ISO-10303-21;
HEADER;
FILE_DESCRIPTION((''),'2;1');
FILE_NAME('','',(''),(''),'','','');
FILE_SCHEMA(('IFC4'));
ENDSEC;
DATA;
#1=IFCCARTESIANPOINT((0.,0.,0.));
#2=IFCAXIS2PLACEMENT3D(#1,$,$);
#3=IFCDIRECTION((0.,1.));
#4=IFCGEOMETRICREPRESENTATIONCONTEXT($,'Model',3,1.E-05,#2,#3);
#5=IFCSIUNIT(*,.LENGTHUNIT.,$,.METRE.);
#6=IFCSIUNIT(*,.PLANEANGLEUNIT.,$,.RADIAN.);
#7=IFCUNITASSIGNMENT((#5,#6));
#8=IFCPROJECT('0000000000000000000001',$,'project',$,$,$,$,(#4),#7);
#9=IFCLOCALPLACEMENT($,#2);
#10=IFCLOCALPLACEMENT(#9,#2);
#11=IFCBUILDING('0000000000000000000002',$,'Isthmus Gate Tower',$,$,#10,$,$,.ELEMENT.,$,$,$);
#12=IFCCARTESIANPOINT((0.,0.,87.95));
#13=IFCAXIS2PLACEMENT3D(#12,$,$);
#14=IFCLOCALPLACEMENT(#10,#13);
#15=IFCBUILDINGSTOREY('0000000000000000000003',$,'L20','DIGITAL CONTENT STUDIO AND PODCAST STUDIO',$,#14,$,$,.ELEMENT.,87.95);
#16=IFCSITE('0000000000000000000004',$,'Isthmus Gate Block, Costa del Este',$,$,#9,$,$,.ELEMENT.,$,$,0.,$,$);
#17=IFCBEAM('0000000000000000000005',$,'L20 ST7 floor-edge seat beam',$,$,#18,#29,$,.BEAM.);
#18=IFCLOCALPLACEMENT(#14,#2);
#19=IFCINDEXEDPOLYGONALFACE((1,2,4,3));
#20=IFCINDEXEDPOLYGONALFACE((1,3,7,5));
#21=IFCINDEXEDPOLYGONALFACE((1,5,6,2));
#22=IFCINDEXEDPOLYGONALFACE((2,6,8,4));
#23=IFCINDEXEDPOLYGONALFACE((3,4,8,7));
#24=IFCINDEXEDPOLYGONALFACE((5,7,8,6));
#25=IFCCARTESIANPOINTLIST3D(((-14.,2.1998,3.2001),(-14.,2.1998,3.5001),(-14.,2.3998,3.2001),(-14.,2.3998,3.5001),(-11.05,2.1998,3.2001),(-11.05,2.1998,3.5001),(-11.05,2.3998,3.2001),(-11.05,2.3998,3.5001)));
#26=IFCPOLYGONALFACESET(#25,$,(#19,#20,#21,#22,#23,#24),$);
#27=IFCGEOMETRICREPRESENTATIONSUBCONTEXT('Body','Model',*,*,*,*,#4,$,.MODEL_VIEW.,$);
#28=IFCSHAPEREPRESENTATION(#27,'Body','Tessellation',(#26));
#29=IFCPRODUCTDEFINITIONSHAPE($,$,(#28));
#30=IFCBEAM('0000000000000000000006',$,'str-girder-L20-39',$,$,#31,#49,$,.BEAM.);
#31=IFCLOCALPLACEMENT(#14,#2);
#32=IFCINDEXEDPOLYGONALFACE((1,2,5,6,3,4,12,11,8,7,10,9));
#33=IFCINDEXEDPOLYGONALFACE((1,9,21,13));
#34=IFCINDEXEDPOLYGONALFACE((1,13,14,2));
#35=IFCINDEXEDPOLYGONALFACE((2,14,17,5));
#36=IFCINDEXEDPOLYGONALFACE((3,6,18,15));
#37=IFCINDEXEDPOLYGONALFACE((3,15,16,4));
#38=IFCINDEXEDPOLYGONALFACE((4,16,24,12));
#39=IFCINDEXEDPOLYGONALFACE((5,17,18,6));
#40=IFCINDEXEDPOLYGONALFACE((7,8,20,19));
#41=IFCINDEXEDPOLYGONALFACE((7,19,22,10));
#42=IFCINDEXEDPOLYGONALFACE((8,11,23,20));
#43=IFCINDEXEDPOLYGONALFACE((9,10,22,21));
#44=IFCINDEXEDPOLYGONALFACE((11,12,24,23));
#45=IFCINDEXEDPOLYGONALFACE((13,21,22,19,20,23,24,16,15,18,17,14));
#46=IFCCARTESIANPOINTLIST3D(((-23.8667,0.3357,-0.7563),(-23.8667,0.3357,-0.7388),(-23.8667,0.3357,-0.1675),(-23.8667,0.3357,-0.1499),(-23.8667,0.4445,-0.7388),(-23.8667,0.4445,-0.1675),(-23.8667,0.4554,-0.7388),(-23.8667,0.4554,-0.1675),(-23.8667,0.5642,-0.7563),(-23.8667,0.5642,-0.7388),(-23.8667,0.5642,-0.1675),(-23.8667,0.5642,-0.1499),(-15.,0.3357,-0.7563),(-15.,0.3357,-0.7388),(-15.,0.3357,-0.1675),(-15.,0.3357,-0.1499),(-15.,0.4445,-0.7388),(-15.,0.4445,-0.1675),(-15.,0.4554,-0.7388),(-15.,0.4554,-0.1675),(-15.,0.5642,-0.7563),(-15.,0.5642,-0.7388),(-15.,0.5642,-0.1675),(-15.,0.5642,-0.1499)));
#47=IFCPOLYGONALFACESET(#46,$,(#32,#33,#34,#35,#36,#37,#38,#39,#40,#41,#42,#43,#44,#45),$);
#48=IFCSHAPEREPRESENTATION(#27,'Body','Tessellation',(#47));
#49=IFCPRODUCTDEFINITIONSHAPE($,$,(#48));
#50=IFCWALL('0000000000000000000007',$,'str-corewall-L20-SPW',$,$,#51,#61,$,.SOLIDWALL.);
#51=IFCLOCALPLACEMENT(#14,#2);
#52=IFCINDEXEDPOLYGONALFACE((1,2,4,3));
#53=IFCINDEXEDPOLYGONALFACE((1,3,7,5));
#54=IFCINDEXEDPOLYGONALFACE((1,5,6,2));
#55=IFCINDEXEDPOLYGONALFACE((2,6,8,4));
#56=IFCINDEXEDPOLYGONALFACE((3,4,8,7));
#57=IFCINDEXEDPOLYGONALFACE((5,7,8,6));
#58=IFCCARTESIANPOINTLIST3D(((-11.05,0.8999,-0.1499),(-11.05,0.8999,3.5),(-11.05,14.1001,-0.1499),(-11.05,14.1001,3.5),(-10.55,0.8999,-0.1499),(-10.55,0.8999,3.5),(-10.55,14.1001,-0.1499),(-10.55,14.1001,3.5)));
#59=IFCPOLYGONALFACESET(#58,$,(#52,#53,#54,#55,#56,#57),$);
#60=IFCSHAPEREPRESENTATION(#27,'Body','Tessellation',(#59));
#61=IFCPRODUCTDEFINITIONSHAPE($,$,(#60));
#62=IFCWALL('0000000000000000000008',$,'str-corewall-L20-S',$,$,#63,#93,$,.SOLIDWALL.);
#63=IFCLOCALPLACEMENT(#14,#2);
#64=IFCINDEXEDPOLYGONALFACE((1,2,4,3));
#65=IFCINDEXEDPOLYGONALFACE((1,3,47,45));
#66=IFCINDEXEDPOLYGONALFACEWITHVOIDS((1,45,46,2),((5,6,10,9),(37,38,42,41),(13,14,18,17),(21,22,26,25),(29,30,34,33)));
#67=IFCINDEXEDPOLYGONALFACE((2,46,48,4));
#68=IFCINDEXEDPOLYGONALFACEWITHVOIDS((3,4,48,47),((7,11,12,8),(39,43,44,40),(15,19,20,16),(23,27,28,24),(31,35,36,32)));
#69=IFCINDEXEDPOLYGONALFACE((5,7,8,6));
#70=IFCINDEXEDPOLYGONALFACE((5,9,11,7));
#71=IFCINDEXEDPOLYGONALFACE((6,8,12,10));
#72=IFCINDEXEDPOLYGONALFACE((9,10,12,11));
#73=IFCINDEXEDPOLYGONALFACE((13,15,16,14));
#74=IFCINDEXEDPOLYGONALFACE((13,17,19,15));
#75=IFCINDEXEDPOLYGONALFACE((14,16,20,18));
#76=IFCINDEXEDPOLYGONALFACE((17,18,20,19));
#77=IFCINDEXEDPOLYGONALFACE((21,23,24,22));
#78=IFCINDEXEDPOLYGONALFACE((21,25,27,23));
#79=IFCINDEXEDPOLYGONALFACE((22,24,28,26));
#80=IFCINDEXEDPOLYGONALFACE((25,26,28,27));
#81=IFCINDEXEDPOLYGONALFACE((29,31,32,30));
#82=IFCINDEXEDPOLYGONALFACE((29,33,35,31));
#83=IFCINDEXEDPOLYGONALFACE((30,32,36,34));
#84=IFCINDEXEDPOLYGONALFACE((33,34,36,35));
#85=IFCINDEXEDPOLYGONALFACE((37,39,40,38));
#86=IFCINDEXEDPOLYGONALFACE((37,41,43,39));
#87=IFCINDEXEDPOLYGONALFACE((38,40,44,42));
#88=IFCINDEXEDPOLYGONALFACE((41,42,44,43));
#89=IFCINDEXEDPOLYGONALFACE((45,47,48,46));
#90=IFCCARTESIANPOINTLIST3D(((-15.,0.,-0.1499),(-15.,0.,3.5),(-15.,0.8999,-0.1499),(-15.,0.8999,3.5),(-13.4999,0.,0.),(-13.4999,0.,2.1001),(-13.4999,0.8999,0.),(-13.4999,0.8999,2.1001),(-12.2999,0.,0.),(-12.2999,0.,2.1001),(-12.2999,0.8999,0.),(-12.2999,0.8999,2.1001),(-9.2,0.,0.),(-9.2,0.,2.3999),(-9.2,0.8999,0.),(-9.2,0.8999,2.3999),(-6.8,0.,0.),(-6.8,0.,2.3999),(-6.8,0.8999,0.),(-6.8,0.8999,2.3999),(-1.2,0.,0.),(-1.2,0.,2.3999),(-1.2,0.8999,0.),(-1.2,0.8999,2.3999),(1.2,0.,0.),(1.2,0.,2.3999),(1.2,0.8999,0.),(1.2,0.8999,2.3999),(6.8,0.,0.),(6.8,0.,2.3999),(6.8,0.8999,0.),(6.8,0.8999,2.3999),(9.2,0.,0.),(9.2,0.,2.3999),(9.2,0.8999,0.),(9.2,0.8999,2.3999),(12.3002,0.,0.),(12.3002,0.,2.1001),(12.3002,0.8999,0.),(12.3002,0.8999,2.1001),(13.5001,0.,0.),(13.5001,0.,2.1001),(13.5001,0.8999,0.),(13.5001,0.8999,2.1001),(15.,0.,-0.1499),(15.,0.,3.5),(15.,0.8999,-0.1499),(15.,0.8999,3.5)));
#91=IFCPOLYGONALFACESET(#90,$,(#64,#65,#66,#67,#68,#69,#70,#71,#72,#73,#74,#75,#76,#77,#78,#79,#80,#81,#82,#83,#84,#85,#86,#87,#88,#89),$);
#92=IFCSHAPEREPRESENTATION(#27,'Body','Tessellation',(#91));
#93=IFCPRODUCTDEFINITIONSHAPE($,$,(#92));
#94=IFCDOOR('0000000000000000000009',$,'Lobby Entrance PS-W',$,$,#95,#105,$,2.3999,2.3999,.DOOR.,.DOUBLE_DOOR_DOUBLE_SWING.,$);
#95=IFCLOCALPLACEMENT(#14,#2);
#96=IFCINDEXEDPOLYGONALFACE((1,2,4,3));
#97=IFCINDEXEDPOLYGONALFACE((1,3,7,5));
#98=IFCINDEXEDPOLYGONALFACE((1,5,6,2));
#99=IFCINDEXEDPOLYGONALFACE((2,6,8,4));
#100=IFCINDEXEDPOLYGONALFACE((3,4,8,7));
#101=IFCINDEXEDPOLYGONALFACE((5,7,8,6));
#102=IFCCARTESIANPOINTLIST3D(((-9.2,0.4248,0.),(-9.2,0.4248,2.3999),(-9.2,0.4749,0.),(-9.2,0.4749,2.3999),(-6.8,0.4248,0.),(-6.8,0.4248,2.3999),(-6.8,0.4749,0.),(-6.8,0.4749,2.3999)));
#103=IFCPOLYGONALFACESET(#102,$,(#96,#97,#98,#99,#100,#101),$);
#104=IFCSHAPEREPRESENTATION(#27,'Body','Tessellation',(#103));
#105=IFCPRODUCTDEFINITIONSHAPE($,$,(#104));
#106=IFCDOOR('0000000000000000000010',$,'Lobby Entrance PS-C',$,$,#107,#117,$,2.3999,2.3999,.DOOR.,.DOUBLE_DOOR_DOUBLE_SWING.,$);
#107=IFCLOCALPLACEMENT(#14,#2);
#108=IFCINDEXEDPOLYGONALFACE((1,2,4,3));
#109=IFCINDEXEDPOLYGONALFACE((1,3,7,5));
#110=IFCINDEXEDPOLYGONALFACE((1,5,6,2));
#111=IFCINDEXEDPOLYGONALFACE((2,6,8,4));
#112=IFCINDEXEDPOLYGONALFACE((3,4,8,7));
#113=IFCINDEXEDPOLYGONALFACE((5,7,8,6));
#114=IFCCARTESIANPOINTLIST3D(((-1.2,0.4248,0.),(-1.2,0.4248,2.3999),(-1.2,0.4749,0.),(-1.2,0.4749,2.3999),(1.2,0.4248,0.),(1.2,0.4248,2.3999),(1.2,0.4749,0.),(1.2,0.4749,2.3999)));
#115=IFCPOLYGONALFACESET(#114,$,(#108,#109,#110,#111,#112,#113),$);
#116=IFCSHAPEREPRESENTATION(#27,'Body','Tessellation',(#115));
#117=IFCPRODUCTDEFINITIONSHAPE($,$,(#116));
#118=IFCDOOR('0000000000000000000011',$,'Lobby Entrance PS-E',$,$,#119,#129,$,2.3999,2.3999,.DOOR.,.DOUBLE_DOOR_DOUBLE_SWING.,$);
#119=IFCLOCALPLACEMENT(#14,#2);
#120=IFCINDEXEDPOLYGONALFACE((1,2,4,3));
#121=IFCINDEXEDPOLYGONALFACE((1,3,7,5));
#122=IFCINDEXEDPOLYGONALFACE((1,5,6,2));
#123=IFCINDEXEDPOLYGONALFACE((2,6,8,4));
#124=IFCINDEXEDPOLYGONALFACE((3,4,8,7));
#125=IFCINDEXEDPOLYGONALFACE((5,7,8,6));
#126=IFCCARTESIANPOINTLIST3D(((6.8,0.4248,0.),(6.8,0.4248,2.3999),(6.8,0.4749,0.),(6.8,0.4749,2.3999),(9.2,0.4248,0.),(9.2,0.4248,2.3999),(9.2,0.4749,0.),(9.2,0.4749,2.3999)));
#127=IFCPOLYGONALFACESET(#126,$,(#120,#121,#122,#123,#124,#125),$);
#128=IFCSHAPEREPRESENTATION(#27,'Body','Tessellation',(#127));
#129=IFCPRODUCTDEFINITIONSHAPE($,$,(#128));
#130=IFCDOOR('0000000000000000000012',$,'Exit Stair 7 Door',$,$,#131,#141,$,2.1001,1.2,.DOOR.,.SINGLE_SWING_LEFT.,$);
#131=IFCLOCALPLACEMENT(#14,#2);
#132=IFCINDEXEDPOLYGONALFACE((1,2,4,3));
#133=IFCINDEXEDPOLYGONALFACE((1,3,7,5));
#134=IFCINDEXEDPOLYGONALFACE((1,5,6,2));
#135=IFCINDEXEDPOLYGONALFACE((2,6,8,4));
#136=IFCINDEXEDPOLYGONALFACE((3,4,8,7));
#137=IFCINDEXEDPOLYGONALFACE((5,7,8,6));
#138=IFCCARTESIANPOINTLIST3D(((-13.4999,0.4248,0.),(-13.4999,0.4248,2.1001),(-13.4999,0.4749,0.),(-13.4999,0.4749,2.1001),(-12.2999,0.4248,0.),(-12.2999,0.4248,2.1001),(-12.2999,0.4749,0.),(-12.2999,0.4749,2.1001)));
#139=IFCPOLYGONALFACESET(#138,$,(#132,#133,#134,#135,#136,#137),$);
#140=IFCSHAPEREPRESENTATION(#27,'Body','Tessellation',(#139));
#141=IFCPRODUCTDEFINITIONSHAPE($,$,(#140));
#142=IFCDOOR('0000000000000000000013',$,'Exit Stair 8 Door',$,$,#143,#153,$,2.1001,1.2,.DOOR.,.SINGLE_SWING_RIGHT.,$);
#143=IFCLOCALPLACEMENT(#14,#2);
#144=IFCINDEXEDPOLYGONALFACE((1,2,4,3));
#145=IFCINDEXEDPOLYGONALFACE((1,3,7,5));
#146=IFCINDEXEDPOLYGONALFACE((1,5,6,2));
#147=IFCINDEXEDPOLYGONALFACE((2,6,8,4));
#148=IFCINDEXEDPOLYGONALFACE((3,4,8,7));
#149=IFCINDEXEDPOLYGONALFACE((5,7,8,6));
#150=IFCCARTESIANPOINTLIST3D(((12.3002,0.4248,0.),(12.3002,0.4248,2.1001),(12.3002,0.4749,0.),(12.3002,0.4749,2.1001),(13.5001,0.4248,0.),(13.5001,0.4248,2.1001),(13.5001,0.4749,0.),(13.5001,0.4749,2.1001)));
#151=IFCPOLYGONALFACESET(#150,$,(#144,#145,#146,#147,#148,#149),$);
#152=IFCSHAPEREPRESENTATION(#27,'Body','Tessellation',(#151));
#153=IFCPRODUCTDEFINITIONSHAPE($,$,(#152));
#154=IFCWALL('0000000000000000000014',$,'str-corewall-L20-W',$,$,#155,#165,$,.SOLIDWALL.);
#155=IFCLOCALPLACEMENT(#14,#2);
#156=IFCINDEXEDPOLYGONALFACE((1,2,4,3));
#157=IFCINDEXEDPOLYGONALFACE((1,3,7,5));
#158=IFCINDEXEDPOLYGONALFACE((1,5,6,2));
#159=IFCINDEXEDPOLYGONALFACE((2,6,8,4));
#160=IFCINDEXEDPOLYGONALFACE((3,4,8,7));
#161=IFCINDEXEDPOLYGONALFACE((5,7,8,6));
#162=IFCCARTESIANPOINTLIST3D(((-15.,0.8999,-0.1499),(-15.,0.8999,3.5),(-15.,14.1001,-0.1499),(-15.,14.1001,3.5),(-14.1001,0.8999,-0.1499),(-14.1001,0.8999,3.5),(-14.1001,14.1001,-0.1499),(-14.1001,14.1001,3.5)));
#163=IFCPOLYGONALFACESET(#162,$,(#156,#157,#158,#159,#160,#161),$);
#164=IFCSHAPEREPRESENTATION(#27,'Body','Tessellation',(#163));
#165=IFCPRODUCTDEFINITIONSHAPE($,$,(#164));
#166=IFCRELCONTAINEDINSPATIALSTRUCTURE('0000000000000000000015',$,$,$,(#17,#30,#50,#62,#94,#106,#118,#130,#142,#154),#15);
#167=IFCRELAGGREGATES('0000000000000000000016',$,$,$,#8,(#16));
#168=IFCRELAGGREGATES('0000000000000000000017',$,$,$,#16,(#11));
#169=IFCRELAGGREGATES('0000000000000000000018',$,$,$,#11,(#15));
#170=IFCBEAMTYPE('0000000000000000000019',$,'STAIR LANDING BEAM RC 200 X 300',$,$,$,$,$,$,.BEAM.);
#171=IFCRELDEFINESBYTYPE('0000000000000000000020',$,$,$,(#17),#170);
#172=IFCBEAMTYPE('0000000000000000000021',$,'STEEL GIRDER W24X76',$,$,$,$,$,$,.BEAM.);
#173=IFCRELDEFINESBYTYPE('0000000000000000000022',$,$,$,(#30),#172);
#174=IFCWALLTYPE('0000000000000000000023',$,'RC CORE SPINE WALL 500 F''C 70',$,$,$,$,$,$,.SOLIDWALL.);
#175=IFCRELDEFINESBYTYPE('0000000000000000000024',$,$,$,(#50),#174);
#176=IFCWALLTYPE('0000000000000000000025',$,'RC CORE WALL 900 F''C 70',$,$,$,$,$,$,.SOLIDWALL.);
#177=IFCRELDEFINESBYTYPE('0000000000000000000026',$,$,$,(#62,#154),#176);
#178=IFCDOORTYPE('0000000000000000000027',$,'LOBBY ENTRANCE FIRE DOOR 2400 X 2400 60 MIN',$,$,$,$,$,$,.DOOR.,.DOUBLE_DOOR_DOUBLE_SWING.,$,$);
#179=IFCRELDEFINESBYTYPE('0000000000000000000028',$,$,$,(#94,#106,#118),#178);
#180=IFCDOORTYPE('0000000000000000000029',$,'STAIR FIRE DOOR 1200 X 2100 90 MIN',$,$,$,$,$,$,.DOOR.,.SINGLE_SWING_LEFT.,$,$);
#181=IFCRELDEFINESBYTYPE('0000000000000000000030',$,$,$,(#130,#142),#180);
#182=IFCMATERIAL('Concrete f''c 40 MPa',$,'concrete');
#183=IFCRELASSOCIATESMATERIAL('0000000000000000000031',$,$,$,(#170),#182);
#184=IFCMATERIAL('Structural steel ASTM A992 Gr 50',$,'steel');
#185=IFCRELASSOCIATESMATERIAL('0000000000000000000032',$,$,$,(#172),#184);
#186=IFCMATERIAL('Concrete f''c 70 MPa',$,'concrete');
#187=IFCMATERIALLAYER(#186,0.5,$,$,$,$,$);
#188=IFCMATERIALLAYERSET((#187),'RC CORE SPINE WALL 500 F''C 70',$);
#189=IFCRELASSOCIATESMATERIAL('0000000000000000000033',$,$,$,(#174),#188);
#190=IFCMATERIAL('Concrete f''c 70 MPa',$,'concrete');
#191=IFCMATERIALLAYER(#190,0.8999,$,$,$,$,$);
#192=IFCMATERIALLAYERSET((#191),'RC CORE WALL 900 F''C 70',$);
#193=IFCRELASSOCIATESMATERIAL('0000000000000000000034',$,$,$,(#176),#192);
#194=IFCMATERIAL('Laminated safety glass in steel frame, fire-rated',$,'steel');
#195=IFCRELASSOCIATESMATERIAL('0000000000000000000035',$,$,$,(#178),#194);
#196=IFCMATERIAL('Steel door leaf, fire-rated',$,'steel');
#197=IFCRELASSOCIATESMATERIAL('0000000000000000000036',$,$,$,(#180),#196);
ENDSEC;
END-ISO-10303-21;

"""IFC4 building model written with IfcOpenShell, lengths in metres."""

from ifc_helpers import new_model, si_unit, direction, frame, frame_2d, origin, origin_2d, place, context, subcontext, project, spatial, rectangle, i_section, extrude, material, layer, layer_set, material_profile, profile_set, type_object, element, fill, save


model = new_model("IFC4")

# Units and contexts
model_context = context("Model", 3, precision=1e-05, world=origin(), true_north=direction((0.0, 1.0)))
body_context = subcontext(model_context, "Body", "Model", "MODEL_VIEW")
ifc_project = project(units=[si_unit("LENGTHUNIT", "METRE"), si_unit("PLANEANGLEUNIT", "RADIAN")], contexts=[model_context])

# Site, building, storey
site_placement = place(None, origin())
site = spatial("IfcSite", under=ifc_project, at=site_placement, Name="Isthmus Gate Block, Costa del Este", CompositionType="ELEMENT", RefElevation=0.0)
building_placement = place(site_placement, origin())
building = spatial("IfcBuilding", under=site, at=building_placement, Name="Isthmus Gate Tower", CompositionType="ELEMENT")
storey_placement = place(building_placement, frame((0.0, 0.0, 87.95)))
storey = spatial("IfcBuildingStorey", under=building, at=storey_placement, Name="L20", Description="DIGITAL CONTENT STUDIO AND PODCAST STUDIO", CompositionType="ELEMENT", Elevation=87.95)

# Beams
ifc_material_1 = material(Name="Concrete f'c 40 MPa", Category="concrete")
ifc_material_profile_1 = material_profile(ifc_material_1, rectangle(XDim=0.2, YDim=0.3, at=origin_2d()), Name="STAIR LANDING BEAM RC 200 X 300")
ifc_profile_set_1 = profile_set([ifc_material_profile_1], Name="Concrete f'c 40 MPa")
beam_type_1 = type_object("IfcBeamType", Name="STAIR LANDING BEAM RC 200 X 300", PredefinedType="BEAM", material=ifc_profile_set_1)
beam_1_placement = place(storey_placement, frame((-14.0, 2.2998, 3.3501), z_axis=(1.0, 0.0, 0.0), x_axis=(0.0, 1.0, 0.0)))
element("IfcBeam", 1, at=beam_1_placement, inside=storey, type_object=beam_type_1, Name="L20 ST7 floor-edge seat beam", PredefinedType="BEAM", context=body_context, shape_type="SweptSolid", body=[
    extrude(rectangle(XDim=0.2, YDim=0.3, at=origin_2d()), origin(), (0.0, 0.0, 1.0), 2.95),
])
ifc_material_2 = material(Name="Structural steel ASTM A992 Gr 50", Category="steel")
ifc_material_profile_2 = material_profile(ifc_material_2, i_section(OverallWidth=0.2285, OverallDepth=0.6064, WebThickness=0.011, FlangeThickness=0.0176, at=origin_2d()), Name="W24X76")
ifc_profile_set_2 = profile_set([ifc_material_profile_2], Name="Structural steel ASTM A992 Gr 50")
beam_type_2 = type_object("IfcBeamType", Name="STEEL GIRDER W24X76", PredefinedType="BEAM", material=ifc_profile_set_2)
beam_2_placement = place(storey_placement, frame((-15.0, 0.45, -0.4531), z_axis=(-1.0, 0.0, 0.0), x_axis=(0.0, -1.0, 0.0)))
element("IfcBeam", 2, at=beam_2_placement, inside=storey, type_object=beam_type_2, Name="str-girder-L20-39", PredefinedType="BEAM", context=body_context, shape_type="SweptSolid", body=[
    extrude(i_section(OverallWidth=0.2285, OverallDepth=0.6064, WebThickness=0.011, FlangeThickness=0.0176, at=origin_2d()), origin(), (0.0, 0.0, 1.0), 8.8667),
])

# Wall
ifc_material_3 = material(Name="Concrete f'c 70 MPa", Category="concrete")
ifc_layer_1 = layer(ifc_material_3, 0.5)
ifc_layer_set_1 = layer_set([ifc_layer_1], Name="RC CORE SPINE WALL 500 F'C 70")
wall_type_1 = type_object("IfcWallType", Name="RC CORE SPINE WALL 500 F'C 70", PredefinedType="SOLIDWALL", material=ifc_layer_set_1)
wall_1_placement = place(storey_placement, frame((-10.8, 0.8999, -0.1499), z_axis=(0.0, 0.0, 1.0), x_axis=(0.0, 1.0, 0.0)))
element("IfcWall", 3, at=wall_1_placement, inside=storey, type_object=wall_type_1, Name="str-corewall-L20-SPW", PredefinedType="SOLIDWALL", context=body_context, shape_type="SweptSolid", body=[
    extrude(rectangle(XDim=13.2002, YDim=0.5, at=frame_2d((6.6001, 0.0))), origin(), (0.0, 0.0, 1.0), 3.6499),
])

# Wall, openings, doors
ifc_material_4 = material(Name="Concrete f'c 70 MPa", Category="concrete")
ifc_layer_2 = layer(ifc_material_4, 0.8999)
ifc_layer_set_2 = layer_set([ifc_layer_2], Name="RC CORE WALL 900 F'C 70")
wall_type_2 = type_object("IfcWallType", Name="RC CORE WALL 900 F'C 70", PredefinedType="SOLIDWALL", material=ifc_layer_set_2)
wall_2_placement = place(storey_placement, frame((-15.0, 0.45, -0.1499), z_axis=(0.0, 0.0, 1.0), x_axis=(1.0, 0.0, 0.0)))
wall_2 = element("IfcWall", 4, at=wall_2_placement, inside=storey, type_object=wall_type_2, Name="str-corewall-L20-S", PredefinedType="SOLIDWALL", context=body_context, shape_type="SweptSolid", body=[
    extrude(rectangle(XDim=30.0, YDim=0.8999, at=frame_2d((15.0, 0.0))), origin(), (0.0, 0.0, 1.0), 3.6499),
])
opening_1_placement = place(wall_2_placement, frame((5.8, 0.0, 0.1499)))
opening_1 = element("IfcOpeningElement", 5, at=opening_1_placement, cuts=wall_2, PredefinedType="OPENING", context=body_context, shape_type="SweptSolid", body=[
    extrude(rectangle(XDim=2.3999, YDim=2.3999, at=frame_2d((1.2, 1.2))), frame((0.0, 0.46, 0.0), z_axis=(0.0, -1.0, 0.0), x_axis=(1.0, 0.0, 0.0)), (0.0, 0.0, 1.0), 0.9199),
])
opening_2_placement = place(wall_2_placement, frame((13.8, 0.0, 0.1499)))
opening_2 = element("IfcOpeningElement", 6, at=opening_2_placement, cuts=wall_2, PredefinedType="OPENING", context=body_context, shape_type="SweptSolid", body=[
    extrude(rectangle(XDim=2.3999, YDim=2.3999, at=frame_2d((1.2, 1.2))), frame((0.0, 0.46, 0.0), z_axis=(0.0, -1.0, 0.0), x_axis=(1.0, 0.0, 0.0)), (0.0, 0.0, 1.0), 0.9199),
])
opening_3_placement = place(wall_2_placement, frame((21.8, 0.0, 0.1499)))
opening_3 = element("IfcOpeningElement", 7, at=opening_3_placement, cuts=wall_2, PredefinedType="OPENING", context=body_context, shape_type="SweptSolid", body=[
    extrude(rectangle(XDim=2.3999, YDim=2.3999, at=frame_2d((1.2, 1.2))), frame((0.0, 0.46, 0.0), z_axis=(0.0, -1.0, 0.0), x_axis=(1.0, 0.0, 0.0)), (0.0, 0.0, 1.0), 0.9199),
])
opening_4_placement = place(wall_2_placement, frame((1.5, 0.0, 0.1499)))
opening_4 = element("IfcOpeningElement", 8, at=opening_4_placement, cuts=wall_2, PredefinedType="OPENING", context=body_context, shape_type="SweptSolid", body=[
    extrude(rectangle(XDim=1.2, YDim=2.1001, at=frame_2d((0.6001, 1.05))), frame((0.0, 0.46, 0.0), z_axis=(0.0, -1.0, 0.0), x_axis=(1.0, 0.0, 0.0)), (0.0, 0.0, 1.0), 0.9199),
])
opening_5_placement = place(wall_2_placement, frame((27.3, 0.0, 0.1499)))
opening_5 = element("IfcOpeningElement", 9, at=opening_5_placement, cuts=wall_2, PredefinedType="OPENING", context=body_context, shape_type="SweptSolid", body=[
    extrude(rectangle(XDim=1.2, YDim=2.1001, at=frame_2d((0.6001, 1.05))), frame((0.0, 0.46, 0.0), z_axis=(0.0, -1.0, 0.0), x_axis=(1.0, 0.0, 0.0)), (0.0, 0.0, 1.0), 0.9199),
])
ifc_material_5 = material(Name="Laminated safety glass in steel frame, fire-rated", Category="steel")
door_type_1 = type_object("IfcDoorType", Name="LOBBY ENTRANCE FIRE DOOR 2400 X 2400 60 MIN", OperationType="DOUBLE_DOOR_DOUBLE_SWING", PredefinedType="DOOR", material=ifc_material_5)
door_1_placement = place(opening_1_placement, origin())
door_1 = element("IfcDoor", 10, at=door_1_placement, inside=storey, type_object=door_type_1, Name="Lobby Entrance PS-W", OperationType="DOUBLE_DOOR_DOUBLE_SWING", OverallHeight=2.3999, OverallWidth=2.3999, PredefinedType="DOOR", context=body_context, shape_type="SweptSolid", body=[
    extrude(rectangle(XDim=2.3999, YDim=2.3999, at=frame_2d((1.2, 1.2))), frame((0.0, 0.0249, 0.0), z_axis=(0.0, -1.0, 0.0), x_axis=(1.0, 0.0, 0.0)), (0.0, 0.0, 1.0), 0.05),
])
fill(opening_1, door_1)
door_2_placement = place(opening_2_placement, origin())
door_2 = element("IfcDoor", 11, at=door_2_placement, inside=storey, type_object=door_type_1, Name="Lobby Entrance PS-C", OperationType="DOUBLE_DOOR_DOUBLE_SWING", OverallHeight=2.3999, OverallWidth=2.3999, PredefinedType="DOOR", context=body_context, shape_type="SweptSolid", body=[
    extrude(rectangle(XDim=2.3999, YDim=2.3999, at=frame_2d((1.2, 1.2))), frame((0.0, 0.0249, 0.0), z_axis=(0.0, -1.0, 0.0), x_axis=(1.0, 0.0, 0.0)), (0.0, 0.0, 1.0), 0.05),
])
fill(opening_2, door_2)
door_3_placement = place(opening_3_placement, origin())
door_3 = element("IfcDoor", 12, at=door_3_placement, inside=storey, type_object=door_type_1, Name="Lobby Entrance PS-E", OperationType="DOUBLE_DOOR_DOUBLE_SWING", OverallHeight=2.3999, OverallWidth=2.3999, PredefinedType="DOOR", context=body_context, shape_type="SweptSolid", body=[
    extrude(rectangle(XDim=2.3999, YDim=2.3999, at=frame_2d((1.2, 1.2))), frame((0.0, 0.0249, 0.0), z_axis=(0.0, -1.0, 0.0), x_axis=(1.0, 0.0, 0.0)), (0.0, 0.0, 1.0), 0.05),
])
fill(opening_3, door_3)
ifc_material_6 = material(Name="Steel door leaf, fire-rated", Category="steel")
door_type_2 = type_object("IfcDoorType", Name="STAIR FIRE DOOR 1200 X 2100 90 MIN", OperationType="SINGLE_SWING_LEFT", PredefinedType="DOOR", material=ifc_material_6)
door_4_placement = place(opening_4_placement, origin())
door_4 = element("IfcDoor", 13, at=door_4_placement, inside=storey, type_object=door_type_2, Name="Exit Stair 7 Door", OperationType="SINGLE_SWING_LEFT", OverallHeight=2.1001, OverallWidth=1.2, PredefinedType="DOOR", context=body_context, shape_type="SweptSolid", body=[
    extrude(rectangle(XDim=1.2, YDim=2.1001, at=frame_2d((0.6001, 1.05))), frame((0.0, 0.0249, 0.0), z_axis=(0.0, -1.0, 0.0), x_axis=(1.0, 0.0, 0.0)), (0.0, 0.0, 1.0), 0.05),
])
fill(opening_4, door_4)
door_5_placement = place(opening_5_placement, origin())
door_5 = element("IfcDoor", 14, at=door_5_placement, inside=storey, type_object=door_type_2, Name="Exit Stair 8 Door", OperationType="SINGLE_SWING_RIGHT", OverallHeight=2.1001, OverallWidth=1.2, PredefinedType="DOOR", context=body_context, shape_type="SweptSolid", body=[
    extrude(rectangle(XDim=1.2, YDim=2.1001, at=frame_2d((0.6001, 1.05))), frame((0.0, 0.0249, 0.0), z_axis=(0.0, -1.0, 0.0), x_axis=(1.0, 0.0, 0.0)), (0.0, 0.0, 1.0), 0.05),
])
fill(opening_5, door_5)

# Wall
wall_3_placement = place(storey_placement, frame((-14.55, 0.8999, -0.1499), z_axis=(0.0, 0.0, 1.0), x_axis=(0.0, 1.0, 0.0)))
element("IfcWall", 15, at=wall_3_placement, inside=storey, type_object=wall_type_2, Name="str-corewall-L20-W", PredefinedType="SOLIDWALL", context=body_context, shape_type="SweptSolid", body=[
    extrude(rectangle(XDim=13.2002, YDim=0.8999, at=frame_2d((6.6001, 0.0))), origin(), (0.0, 0.0, 1.0), 3.6499),
])

save(model, "model.ifc")
